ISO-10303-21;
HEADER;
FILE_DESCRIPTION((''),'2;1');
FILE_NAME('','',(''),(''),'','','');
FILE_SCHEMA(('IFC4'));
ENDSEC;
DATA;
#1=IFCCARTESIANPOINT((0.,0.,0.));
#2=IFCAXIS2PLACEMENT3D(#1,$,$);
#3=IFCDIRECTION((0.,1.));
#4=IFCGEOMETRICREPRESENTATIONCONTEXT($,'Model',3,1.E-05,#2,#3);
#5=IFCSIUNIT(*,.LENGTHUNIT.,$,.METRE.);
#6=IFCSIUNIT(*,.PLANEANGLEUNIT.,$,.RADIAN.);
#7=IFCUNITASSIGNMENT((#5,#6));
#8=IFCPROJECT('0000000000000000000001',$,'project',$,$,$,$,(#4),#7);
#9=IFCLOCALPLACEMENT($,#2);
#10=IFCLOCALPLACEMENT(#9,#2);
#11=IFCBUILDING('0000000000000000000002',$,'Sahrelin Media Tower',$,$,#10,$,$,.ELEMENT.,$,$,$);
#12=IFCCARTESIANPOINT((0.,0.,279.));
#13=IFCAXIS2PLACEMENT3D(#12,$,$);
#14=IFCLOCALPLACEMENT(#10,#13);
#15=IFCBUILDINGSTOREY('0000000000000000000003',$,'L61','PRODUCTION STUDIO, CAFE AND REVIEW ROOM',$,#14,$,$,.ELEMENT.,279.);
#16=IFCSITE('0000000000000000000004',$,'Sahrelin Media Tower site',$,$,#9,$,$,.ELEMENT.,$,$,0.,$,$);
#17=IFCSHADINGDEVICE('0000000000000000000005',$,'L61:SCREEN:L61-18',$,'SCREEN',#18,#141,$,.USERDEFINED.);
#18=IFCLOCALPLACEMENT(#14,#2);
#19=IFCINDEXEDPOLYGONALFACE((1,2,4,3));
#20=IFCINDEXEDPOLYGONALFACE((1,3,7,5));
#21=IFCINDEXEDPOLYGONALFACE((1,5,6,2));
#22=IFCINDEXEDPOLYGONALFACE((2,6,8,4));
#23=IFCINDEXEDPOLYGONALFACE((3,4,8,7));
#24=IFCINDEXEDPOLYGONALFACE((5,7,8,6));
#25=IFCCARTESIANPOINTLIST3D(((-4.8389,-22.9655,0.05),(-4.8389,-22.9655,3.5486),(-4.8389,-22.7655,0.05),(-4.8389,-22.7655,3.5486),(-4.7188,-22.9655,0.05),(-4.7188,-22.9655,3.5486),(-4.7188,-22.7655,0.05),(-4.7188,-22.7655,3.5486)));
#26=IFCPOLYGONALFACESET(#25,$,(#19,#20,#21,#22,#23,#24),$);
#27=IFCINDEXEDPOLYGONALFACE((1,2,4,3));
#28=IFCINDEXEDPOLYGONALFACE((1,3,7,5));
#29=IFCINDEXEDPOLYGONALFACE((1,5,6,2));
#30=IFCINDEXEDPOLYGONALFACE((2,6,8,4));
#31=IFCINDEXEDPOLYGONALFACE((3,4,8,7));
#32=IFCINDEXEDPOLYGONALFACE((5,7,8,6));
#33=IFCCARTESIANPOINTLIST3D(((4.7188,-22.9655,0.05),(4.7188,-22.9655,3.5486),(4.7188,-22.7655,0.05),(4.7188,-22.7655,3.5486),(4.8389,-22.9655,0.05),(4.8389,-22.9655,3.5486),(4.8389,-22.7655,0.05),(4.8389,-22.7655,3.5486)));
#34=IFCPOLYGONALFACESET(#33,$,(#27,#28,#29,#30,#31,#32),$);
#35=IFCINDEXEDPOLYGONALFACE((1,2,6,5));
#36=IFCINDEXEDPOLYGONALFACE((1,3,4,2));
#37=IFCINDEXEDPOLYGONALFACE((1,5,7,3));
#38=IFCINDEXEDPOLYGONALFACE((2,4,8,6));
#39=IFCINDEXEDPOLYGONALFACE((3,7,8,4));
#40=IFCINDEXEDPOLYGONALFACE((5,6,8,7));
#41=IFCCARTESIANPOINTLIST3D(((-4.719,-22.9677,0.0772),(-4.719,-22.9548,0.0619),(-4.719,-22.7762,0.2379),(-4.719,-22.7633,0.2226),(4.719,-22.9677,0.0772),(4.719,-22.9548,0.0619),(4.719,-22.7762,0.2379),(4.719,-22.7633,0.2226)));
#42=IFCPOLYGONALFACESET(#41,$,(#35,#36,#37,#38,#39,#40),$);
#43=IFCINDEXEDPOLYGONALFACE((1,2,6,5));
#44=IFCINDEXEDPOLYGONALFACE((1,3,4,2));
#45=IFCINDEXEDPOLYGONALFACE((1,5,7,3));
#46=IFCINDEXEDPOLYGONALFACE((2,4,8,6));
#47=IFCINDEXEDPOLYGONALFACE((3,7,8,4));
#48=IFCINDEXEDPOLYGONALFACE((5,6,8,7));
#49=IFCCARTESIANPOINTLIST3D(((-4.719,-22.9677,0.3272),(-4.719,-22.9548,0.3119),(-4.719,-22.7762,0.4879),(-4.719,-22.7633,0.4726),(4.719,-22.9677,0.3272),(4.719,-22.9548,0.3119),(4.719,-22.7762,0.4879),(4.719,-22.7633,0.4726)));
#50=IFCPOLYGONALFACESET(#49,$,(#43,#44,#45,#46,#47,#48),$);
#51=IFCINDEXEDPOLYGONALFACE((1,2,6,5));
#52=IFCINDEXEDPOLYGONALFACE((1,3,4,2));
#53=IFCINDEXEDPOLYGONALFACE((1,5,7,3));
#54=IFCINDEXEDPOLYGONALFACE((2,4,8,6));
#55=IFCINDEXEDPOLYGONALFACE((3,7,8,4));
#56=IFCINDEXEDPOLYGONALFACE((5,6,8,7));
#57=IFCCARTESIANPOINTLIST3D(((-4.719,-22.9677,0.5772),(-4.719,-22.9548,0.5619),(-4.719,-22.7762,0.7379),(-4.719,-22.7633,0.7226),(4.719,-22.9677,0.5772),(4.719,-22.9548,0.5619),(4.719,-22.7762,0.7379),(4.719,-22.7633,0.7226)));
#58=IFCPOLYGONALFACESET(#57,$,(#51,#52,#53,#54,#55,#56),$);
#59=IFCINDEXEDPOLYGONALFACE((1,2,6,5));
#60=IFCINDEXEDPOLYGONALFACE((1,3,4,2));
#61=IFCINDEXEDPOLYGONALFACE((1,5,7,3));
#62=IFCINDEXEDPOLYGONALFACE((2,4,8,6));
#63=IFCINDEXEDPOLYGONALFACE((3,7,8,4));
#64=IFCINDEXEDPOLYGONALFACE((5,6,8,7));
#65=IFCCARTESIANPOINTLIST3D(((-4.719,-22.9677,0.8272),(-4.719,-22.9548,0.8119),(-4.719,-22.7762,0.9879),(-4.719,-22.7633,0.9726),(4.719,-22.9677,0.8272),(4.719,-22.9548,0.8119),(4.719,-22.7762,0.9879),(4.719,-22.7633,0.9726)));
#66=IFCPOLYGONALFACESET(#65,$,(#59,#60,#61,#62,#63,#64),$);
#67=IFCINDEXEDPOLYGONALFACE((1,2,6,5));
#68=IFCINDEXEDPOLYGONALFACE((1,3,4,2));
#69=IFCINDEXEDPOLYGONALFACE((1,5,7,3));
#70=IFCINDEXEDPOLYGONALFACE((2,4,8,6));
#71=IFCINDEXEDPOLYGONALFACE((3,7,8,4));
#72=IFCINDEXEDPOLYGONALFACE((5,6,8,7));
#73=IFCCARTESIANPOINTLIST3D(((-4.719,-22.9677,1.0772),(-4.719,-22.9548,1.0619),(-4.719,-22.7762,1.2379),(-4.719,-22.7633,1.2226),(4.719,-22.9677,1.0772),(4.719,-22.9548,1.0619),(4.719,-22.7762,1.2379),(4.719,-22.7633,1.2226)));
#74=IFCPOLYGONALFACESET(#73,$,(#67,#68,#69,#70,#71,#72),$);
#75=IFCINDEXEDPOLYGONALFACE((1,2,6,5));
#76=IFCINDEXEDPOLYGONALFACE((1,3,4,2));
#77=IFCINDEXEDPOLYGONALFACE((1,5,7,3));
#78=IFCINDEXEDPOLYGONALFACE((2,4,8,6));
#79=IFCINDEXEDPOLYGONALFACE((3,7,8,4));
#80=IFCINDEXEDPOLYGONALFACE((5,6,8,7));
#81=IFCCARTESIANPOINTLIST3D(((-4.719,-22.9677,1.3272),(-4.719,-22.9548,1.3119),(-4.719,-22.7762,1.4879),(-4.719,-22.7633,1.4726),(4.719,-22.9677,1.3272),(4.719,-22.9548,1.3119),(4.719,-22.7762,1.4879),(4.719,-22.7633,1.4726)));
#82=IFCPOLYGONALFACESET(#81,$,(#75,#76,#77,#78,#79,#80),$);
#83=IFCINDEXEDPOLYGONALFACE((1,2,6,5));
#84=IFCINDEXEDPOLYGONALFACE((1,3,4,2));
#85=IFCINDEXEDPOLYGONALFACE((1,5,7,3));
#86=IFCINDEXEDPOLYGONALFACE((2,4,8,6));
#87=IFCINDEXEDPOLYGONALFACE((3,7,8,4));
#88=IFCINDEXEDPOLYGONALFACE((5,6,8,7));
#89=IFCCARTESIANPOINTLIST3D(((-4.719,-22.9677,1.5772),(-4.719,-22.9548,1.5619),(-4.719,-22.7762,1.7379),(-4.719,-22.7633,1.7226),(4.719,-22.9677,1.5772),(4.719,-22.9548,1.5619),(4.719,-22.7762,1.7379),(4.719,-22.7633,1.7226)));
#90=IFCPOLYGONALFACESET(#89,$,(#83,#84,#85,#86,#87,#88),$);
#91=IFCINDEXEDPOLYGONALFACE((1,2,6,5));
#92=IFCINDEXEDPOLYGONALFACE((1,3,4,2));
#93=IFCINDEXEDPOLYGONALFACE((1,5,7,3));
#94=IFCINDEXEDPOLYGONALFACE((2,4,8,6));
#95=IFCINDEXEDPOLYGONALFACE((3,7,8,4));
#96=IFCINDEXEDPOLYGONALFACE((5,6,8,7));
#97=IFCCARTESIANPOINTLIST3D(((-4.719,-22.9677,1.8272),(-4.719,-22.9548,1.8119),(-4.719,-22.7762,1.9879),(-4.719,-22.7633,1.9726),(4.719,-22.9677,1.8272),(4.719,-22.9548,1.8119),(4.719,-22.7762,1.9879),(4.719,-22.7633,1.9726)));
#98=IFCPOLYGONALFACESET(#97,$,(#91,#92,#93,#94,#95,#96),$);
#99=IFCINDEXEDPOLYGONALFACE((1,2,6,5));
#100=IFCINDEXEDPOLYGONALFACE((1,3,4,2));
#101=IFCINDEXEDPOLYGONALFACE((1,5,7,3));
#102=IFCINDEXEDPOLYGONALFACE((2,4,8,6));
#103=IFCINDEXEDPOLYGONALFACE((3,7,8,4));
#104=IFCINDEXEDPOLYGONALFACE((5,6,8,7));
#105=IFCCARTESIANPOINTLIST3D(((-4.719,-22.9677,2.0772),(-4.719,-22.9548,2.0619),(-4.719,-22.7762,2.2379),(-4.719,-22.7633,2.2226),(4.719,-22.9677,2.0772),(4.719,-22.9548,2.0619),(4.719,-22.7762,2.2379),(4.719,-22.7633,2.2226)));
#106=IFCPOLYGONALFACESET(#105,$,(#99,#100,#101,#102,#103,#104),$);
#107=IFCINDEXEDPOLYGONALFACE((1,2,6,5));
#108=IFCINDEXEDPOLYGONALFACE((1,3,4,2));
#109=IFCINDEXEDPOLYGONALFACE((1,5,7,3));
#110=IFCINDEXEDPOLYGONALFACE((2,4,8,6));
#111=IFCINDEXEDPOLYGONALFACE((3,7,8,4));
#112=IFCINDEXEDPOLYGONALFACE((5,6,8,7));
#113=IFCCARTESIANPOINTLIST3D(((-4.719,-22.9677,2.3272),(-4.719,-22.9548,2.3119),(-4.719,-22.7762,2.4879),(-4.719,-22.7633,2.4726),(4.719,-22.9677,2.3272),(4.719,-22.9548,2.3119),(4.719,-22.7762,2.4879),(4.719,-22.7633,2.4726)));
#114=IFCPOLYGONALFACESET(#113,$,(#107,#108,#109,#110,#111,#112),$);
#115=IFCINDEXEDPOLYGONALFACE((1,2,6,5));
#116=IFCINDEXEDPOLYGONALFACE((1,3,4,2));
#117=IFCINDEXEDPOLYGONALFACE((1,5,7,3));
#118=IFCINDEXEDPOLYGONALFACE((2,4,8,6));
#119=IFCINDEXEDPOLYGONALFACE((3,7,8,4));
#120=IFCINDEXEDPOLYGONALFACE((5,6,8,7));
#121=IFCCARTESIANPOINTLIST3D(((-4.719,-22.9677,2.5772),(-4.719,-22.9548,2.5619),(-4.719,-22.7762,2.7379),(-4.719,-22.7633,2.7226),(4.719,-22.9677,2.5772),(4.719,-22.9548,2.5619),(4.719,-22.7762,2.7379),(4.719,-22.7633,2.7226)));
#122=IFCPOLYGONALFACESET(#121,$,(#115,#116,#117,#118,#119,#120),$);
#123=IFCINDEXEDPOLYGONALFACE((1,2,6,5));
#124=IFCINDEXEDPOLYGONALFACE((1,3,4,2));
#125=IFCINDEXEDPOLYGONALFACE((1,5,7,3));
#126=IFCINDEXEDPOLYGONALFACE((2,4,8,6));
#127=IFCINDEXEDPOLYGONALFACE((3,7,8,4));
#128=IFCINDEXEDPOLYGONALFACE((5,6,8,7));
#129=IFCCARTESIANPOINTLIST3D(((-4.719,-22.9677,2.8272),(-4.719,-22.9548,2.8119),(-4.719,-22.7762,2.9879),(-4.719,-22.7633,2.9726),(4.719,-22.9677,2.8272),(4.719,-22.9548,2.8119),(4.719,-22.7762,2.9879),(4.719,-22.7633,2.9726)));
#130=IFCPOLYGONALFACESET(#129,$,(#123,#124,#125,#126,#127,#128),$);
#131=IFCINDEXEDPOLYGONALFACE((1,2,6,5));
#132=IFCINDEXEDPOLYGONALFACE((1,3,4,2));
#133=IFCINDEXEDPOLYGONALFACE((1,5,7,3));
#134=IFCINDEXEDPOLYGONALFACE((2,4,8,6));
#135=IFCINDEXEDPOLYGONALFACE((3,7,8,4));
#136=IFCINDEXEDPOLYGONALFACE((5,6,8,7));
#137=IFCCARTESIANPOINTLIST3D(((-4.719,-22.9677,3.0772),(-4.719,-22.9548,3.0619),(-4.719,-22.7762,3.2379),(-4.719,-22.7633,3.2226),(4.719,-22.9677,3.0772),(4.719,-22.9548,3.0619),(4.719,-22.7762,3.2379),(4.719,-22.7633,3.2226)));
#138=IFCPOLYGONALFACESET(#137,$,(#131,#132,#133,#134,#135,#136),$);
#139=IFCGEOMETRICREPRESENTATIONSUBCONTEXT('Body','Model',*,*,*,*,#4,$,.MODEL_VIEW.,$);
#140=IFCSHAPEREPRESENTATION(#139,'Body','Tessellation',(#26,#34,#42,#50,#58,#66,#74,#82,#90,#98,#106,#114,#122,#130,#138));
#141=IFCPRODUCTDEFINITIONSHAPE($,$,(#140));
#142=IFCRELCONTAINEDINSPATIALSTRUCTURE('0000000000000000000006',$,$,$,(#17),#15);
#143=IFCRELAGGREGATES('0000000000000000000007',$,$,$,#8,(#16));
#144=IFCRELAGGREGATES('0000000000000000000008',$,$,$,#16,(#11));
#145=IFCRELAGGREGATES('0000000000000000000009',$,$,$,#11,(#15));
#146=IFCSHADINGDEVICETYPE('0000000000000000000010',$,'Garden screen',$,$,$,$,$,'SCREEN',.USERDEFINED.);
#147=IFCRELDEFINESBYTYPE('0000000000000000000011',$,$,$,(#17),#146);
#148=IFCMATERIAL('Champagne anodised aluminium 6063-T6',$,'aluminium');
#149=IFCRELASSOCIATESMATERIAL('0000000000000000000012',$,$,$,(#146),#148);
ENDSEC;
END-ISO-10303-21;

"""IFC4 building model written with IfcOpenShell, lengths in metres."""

from ifc_helpers import new_model, si_unit, direction, frame, origin, origin_2d, place, context, subcontext, project, spatial, rectangle, extrude, material, type_object, element, save


model = new_model("IFC4")

# Units and contexts
model_context = context("Model", 3, precision=1e-05, world=origin(), true_north=direction((0.0, 1.0)))
body_context = subcontext(model_context, "Body", "Model", "MODEL_VIEW")
ifc_project = project(units=[si_unit("LENGTHUNIT", "METRE"), si_unit("PLANEANGLEUNIT", "RADIAN")], contexts=[model_context])

# Site, building, storey
site_placement = place(None, origin())
site = spatial("IfcSite", under=ifc_project, at=site_placement, Name="Sahrelin Media Tower site", CompositionType="ELEMENT", RefElevation=0.0)
building_placement = place(site_placement, origin())
building = spatial("IfcBuilding", under=site, at=building_placement, Name="Sahrelin Media Tower", CompositionType="ELEMENT")
storey_placement = place(building_placement, frame((0.0, 0.0, 279.0)))
storey = spatial("IfcBuildingStorey", under=building, at=storey_placement, Name="L61", Description="PRODUCTION STUDIO, CAFE AND REVIEW ROOM", CompositionType="ELEMENT", Elevation=279.0)

# Shading device
ifc_material_1 = material(Name="Champagne anodised aluminium 6063-T6", Category="aluminium")
shading_device_type = type_object("IfcShadingDeviceType", Name="Garden screen", ElementType="SCREEN", PredefinedType="USERDEFINED", material=ifc_material_1)
shading_device_1_placement = place(storey_placement, frame((0.0, -22.7654, 0.0), z_axis=(0.0, 0.0, 1.0), x_axis=(-1.0, 0.0, 0.0)))
element("IfcShadingDevice", 1, at=shading_device_1_placement, inside=storey, type_object=shading_device_type, Name="L61:SCREEN:L61-18", ObjectType="SCREEN", PredefinedType="USERDEFINED", context=body_context, shape_type="SweptSolid", body=[
    extrude(rectangle(XDim=0.1201, YDim=0.2, at=origin_2d()), frame((4.7788, 0.1001, 0.05), z_axis=(0.0, 0.0, 1.0), x_axis=(1.0, 0.0, 0.0)), (0.0, 0.0, 1.0), 3.4985),
    extrude(rectangle(XDim=0.1201, YDim=0.2, at=origin_2d()), frame((-4.7788, 0.1001, 0.05), z_axis=(0.0, 0.0, 1.0), x_axis=(1.0, 0.0, 0.0)), (0.0, 0.0, 1.0), 3.4985),
    extrude(rectangle(XDim=0.25, YDim=0.02, at=origin_2d()), frame((4.719, 0.1001, 0.1499), z_axis=(-1.0, 0.0, 0.0), x_axis=(0.0, -0.766044, 0.642788)), (0.0, 0.0, 1.0), 9.438),
    extrude(rectangle(XDim=0.25, YDim=0.02, at=origin_2d()), frame((4.719, 0.1001, 0.3999), z_axis=(-1.0, 0.0, 0.0), x_axis=(0.0, -0.766044, 0.642788)), (0.0, 0.0, 1.0), 9.438),
    extrude(rectangle(XDim=0.25, YDim=0.02, at=origin_2d()), frame((4.719, 0.1001, 0.6499), z_axis=(-1.0, 0.0, 0.0), x_axis=(0.0, -0.766044, 0.642788)), (0.0, 0.0, 1.0), 9.438),
    extrude(rectangle(XDim=0.25, YDim=0.02, at=origin_2d()), frame((4.719, 0.1001, 0.8999), z_axis=(-1.0, 0.0, 0.0), x_axis=(0.0, -0.766044, 0.642788)), (0.0, 0.0, 1.0), 9.438),
    extrude(rectangle(XDim=0.25, YDim=0.02, at=origin_2d()), frame((4.719, 0.1001, 1.1499), z_axis=(-1.0, 0.0, 0.0), x_axis=(0.0, -0.766044, 0.642788)), (0.0, 0.0, 1.0), 9.438),
    extrude(rectangle(XDim=0.25, YDim=0.02, at=origin_2d()), frame((4.719, 0.1001, 1.3999), z_axis=(-1.0, 0.0, 0.0), x_axis=(0.0, -0.766044, 0.642788)), (0.0, 0.0, 1.0), 9.438),
    extrude(rectangle(XDim=0.25, YDim=0.02, at=origin_2d()), frame((4.719, 0.1001, 1.6499), z_axis=(-1.0, 0.0, 0.0), x_axis=(0.0, -0.766044, 0.642788)), (0.0, 0.0, 1.0), 9.438),
    extrude(rectangle(XDim=0.25, YDim=0.02, at=origin_2d()), frame((4.719, 0.1001, 1.8999), z_axis=(-1.0, 0.0, 0.0), x_axis=(0.0, -0.766044, 0.642788)), (0.0, 0.0, 1.0), 9.438),
    extrude(rectangle(XDim=0.25, YDim=0.02, at=origin_2d()), frame((4.719, 0.1001, 2.1499), z_axis=(-1.0, 0.0, 0.0), x_axis=(0.0, -0.766044, 0.642788)), (0.0, 0.0, 1.0), 9.438),
    extrude(rectangle(XDim=0.25, YDim=0.02, at=origin_2d()), frame((4.719, 0.1001, 2.3999), z_axis=(-1.0, 0.0, 0.0), x_axis=(0.0, -0.766044, 0.642788)), (0.0, 0.0, 1.0), 9.438),
    extrude(rectangle(XDim=0.25, YDim=0.02, at=origin_2d()), frame((4.719, 0.1001, 2.6499), z_axis=(-1.0, 0.0, 0.0), x_axis=(0.0, -0.766044, 0.642788)), (0.0, 0.0, 1.0), 9.438),
    extrude(rectangle(XDim=0.25, YDim=0.02, at=origin_2d()), frame((4.719, 0.1001, 2.8999), z_axis=(-1.0, 0.0, 0.0), x_axis=(0.0, -0.766044, 0.642788)), (0.0, 0.0, 1.0), 9.438),
    extrude(rectangle(XDim=0.25, YDim=0.02, at=origin_2d()), frame((4.719, 0.1001, 3.1499), z_axis=(-1.0, 0.0, 0.0), x_axis=(0.0, -0.766044, 0.642788)), (0.0, 0.0, 1.0), 9.438),
])

save(model, "model.ifc")
